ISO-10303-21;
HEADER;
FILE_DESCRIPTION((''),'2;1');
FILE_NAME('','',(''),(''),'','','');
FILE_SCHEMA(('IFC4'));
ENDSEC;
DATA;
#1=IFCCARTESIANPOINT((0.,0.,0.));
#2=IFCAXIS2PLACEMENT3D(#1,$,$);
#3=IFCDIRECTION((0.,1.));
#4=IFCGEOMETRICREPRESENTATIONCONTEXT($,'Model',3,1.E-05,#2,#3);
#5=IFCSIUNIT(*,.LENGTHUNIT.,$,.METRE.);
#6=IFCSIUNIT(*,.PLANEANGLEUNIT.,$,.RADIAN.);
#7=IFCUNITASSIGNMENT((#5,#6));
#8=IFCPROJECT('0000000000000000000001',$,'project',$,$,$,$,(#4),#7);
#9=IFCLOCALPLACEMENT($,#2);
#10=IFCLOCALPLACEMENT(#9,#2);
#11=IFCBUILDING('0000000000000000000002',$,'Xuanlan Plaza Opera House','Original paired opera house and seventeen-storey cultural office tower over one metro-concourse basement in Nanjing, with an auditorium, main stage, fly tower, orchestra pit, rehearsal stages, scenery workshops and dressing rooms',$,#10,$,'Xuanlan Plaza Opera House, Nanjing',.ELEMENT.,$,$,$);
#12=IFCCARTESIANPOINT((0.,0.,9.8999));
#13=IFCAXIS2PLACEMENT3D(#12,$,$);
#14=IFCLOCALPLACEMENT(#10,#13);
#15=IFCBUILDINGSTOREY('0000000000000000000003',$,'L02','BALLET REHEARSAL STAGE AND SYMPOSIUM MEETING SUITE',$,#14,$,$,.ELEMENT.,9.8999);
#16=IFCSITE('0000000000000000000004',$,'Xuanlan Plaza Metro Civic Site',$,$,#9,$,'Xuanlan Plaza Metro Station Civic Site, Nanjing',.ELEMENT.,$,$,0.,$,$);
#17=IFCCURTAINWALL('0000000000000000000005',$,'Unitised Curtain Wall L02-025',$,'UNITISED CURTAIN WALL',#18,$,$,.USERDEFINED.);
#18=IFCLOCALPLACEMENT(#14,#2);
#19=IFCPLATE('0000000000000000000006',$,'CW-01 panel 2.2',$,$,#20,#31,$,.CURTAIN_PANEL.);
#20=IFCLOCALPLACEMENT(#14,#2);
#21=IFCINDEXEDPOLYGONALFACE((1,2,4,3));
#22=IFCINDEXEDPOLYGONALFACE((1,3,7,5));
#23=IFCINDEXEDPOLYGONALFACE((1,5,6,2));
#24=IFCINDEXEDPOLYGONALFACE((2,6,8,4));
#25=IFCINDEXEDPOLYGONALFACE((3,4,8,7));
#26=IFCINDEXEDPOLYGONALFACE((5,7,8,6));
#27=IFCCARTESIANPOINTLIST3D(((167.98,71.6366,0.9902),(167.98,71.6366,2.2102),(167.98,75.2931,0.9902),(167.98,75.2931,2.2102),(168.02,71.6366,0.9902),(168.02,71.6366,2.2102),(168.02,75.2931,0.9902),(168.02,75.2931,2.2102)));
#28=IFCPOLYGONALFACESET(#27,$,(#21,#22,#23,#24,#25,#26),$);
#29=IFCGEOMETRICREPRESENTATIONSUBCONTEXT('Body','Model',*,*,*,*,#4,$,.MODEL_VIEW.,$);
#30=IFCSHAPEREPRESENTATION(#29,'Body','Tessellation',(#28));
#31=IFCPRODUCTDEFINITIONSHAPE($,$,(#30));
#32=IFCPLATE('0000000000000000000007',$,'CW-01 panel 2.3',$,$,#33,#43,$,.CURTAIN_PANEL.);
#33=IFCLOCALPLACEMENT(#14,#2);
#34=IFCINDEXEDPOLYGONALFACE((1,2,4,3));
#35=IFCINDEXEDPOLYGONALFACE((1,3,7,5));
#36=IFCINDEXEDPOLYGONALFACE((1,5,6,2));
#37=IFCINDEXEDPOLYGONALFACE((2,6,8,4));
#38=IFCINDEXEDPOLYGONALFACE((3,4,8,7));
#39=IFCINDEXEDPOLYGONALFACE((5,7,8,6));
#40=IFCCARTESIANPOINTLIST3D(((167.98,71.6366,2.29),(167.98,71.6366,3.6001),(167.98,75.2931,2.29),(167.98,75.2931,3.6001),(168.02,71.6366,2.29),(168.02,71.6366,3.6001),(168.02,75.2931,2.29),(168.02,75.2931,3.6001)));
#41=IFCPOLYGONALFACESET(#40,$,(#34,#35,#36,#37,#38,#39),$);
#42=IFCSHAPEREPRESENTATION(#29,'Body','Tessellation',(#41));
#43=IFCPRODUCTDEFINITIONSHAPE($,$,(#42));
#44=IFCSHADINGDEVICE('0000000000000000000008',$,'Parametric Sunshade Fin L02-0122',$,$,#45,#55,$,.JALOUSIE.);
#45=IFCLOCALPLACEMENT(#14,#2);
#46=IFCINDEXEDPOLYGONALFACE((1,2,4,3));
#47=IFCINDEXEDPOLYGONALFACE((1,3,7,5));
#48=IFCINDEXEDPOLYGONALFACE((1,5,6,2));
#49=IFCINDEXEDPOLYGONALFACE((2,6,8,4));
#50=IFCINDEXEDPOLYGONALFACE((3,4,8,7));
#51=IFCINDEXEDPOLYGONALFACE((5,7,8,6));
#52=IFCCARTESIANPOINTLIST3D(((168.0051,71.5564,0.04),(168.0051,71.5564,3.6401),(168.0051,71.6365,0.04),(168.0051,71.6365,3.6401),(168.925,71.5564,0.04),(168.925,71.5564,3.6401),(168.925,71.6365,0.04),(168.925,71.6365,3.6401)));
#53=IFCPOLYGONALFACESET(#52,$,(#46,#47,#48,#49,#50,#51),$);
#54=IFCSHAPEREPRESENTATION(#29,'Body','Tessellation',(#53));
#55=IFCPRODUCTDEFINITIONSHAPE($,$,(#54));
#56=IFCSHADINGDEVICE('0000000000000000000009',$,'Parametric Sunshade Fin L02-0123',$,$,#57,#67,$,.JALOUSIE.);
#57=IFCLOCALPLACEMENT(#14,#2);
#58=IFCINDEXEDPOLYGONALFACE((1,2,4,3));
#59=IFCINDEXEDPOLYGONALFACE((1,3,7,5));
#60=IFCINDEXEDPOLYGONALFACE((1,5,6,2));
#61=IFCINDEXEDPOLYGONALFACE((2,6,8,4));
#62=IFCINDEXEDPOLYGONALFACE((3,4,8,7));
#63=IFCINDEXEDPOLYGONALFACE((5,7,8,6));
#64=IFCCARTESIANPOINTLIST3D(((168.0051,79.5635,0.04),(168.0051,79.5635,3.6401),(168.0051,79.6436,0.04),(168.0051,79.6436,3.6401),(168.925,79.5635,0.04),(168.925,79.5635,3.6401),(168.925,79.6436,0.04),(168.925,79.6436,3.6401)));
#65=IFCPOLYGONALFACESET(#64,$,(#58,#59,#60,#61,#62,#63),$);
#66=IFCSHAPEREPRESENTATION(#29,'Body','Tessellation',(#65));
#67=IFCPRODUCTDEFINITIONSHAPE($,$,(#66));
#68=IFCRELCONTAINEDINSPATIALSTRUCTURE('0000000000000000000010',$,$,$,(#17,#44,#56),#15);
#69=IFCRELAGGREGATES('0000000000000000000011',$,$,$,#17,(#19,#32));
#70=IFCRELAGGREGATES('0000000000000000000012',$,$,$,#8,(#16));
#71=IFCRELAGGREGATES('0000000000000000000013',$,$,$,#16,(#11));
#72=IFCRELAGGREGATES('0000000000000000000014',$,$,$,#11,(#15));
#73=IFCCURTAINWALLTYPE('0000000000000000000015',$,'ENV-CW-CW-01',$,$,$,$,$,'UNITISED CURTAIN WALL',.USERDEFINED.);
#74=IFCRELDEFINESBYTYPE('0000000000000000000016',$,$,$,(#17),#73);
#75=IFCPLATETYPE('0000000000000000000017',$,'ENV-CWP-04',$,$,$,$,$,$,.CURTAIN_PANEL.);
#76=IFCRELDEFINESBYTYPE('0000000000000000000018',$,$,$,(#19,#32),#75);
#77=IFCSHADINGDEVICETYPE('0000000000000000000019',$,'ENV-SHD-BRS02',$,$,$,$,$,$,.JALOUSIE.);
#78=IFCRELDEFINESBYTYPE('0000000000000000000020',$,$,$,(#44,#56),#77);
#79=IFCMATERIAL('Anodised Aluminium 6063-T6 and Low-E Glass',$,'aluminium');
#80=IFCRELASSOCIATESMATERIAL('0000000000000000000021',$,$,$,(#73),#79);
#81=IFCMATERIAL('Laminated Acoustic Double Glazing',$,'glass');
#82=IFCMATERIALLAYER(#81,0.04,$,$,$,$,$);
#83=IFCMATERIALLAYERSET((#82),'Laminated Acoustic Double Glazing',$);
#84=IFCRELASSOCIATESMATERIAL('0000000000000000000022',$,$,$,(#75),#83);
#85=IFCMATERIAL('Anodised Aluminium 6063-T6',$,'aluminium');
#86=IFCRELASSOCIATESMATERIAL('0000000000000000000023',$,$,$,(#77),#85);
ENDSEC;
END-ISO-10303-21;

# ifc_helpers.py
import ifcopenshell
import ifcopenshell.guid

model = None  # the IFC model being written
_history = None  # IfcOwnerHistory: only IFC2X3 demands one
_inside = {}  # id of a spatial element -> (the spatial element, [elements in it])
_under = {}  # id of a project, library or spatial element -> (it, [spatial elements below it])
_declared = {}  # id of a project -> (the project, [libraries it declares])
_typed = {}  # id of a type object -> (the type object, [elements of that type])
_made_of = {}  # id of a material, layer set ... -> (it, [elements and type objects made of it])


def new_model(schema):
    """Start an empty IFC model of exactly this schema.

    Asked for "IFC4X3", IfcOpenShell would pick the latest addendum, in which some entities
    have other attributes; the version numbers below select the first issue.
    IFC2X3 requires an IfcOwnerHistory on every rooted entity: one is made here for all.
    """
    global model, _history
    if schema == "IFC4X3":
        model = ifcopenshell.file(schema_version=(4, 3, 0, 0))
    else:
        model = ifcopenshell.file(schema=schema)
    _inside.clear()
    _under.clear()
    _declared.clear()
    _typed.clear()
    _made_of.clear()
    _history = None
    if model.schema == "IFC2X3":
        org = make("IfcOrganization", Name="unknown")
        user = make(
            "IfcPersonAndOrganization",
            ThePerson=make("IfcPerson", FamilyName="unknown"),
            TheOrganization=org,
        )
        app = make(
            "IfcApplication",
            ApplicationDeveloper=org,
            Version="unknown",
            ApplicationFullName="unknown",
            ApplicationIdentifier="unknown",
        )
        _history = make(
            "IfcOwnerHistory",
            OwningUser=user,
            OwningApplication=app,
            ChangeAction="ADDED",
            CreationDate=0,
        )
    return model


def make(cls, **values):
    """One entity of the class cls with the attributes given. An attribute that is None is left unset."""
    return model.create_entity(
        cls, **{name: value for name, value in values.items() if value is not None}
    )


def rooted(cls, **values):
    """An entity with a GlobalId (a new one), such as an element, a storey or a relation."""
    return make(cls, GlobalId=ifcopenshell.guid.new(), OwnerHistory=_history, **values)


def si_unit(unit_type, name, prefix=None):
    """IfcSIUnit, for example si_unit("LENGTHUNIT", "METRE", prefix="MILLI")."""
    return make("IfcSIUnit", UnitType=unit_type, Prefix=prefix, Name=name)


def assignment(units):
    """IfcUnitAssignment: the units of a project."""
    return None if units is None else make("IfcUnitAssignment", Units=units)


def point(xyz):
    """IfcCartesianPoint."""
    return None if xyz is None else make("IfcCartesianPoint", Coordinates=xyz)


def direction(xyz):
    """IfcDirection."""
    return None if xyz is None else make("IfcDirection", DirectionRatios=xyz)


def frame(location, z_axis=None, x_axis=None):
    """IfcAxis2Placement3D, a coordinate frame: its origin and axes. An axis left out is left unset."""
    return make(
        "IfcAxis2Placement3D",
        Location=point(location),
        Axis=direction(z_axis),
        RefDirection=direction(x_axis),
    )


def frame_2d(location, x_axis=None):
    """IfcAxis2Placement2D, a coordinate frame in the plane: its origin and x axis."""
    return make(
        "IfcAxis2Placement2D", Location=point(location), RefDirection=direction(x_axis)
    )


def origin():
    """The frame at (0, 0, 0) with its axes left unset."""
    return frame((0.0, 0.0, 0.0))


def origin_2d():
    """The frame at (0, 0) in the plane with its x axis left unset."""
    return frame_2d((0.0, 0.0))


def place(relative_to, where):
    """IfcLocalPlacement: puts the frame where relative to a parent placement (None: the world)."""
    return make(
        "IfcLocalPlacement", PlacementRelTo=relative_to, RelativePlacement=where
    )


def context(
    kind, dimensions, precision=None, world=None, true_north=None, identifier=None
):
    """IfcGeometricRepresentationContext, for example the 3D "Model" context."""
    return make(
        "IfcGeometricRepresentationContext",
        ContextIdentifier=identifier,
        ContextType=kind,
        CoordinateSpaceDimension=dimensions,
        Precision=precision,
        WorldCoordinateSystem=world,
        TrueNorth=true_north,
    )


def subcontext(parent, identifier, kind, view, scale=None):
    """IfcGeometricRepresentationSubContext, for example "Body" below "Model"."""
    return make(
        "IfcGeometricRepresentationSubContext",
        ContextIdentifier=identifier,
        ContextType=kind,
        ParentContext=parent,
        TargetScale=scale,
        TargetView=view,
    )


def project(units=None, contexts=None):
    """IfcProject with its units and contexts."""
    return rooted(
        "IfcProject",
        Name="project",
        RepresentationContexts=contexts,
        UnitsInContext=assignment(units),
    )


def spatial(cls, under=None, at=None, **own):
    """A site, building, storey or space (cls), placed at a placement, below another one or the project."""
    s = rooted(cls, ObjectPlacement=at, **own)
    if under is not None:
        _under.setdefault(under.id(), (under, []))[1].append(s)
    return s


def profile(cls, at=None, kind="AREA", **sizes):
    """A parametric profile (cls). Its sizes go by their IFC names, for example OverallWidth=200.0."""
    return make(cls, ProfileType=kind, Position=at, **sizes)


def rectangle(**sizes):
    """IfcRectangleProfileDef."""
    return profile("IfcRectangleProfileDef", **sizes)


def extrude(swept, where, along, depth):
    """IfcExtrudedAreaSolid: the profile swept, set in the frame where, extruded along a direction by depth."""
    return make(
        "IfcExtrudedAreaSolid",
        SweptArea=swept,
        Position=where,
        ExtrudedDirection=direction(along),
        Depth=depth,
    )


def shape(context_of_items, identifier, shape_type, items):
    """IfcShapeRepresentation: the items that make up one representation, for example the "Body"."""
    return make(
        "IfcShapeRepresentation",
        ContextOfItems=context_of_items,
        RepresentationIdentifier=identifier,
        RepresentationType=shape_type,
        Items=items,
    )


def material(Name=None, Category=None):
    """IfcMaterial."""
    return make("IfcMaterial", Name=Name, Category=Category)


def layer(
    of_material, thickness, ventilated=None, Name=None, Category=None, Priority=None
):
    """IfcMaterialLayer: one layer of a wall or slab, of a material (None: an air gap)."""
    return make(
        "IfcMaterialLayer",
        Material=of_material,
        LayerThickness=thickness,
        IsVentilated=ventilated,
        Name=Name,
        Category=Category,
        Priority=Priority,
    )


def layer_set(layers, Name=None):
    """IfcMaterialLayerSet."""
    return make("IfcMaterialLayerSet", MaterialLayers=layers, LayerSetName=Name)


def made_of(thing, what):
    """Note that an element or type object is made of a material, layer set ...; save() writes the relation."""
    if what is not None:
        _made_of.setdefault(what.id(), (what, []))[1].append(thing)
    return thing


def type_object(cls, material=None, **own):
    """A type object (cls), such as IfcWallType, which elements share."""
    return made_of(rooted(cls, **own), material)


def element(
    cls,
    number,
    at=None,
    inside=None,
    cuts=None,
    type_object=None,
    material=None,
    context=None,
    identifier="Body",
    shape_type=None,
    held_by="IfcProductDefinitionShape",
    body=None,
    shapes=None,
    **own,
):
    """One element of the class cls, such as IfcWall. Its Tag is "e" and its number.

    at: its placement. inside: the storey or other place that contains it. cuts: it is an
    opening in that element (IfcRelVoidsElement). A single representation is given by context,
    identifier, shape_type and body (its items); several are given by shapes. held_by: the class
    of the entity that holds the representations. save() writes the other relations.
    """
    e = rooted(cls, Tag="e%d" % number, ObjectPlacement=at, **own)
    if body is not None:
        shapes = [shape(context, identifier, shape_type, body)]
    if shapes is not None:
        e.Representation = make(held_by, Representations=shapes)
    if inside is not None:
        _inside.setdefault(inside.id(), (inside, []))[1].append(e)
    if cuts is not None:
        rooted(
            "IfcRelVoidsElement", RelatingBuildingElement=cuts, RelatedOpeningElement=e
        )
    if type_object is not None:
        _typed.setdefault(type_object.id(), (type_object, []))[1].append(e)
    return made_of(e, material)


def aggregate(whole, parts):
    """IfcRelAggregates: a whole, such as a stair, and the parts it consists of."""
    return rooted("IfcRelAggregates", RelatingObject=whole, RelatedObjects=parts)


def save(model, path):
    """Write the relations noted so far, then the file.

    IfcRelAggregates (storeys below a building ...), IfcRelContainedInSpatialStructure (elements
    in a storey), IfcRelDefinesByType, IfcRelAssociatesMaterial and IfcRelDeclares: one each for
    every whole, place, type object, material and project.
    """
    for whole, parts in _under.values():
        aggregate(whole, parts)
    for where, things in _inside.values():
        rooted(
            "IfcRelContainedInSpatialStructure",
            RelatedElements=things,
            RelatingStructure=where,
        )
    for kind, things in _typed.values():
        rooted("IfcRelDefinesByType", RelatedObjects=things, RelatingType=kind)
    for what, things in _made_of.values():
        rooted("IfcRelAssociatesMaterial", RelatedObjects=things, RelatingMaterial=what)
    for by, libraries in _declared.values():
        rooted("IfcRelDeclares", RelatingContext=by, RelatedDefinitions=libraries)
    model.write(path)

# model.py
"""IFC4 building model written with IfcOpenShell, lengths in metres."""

from ifc_helpers import new_model, si_unit, direction, frame, origin, origin_2d, place, context, subcontext, project, spatial, rectangle, extrude, material, layer, layer_set, type_object, element, aggregate, save


model = new_model("IFC4")

# Units and contexts
model_context = context("Model", 3, precision=1e-05, world=origin(), true_north=direction((0.0, 1.0)))
body_context = subcontext(model_context, "Body", "Model", "MODEL_VIEW")
ifc_project = project(units=[si_unit("LENGTHUNIT", "METRE"), si_unit("PLANEANGLEUNIT", "RADIAN")], contexts=[model_context])

# Site, building, storey
site_placement = place(None, origin())
site = spatial("IfcSite", under=ifc_project, at=site_placement, Name="Xuanlan Plaza Metro Civic Site", LongName="Xuanlan Plaza Metro Station Civic Site, Nanjing", CompositionType="ELEMENT", RefElevation=0.0)
building_placement = place(site_placement, origin())
building = spatial("IfcBuilding", under=site, at=building_placement, Name="Xuanlan Plaza Opera House", Description="Original paired opera house and seventeen-storey cultural office tower over one metro-concourse basement in Nanjing, with an auditorium, main stage, fly tower, orchestra pit, rehearsal stages, scenery workshops and dressing rooms", LongName="Xuanlan Plaza Opera House, Nanjing", CompositionType="ELEMENT")
storey_placement = place(building_placement, frame((0.0, 0.0, 9.8999)))
storey = spatial("IfcBuildingStorey", under=building, at=storey_placement, Name="L02", Description="BALLET REHEARSAL STAGE AND SYMPOSIUM MEETING SUITE", CompositionType="ELEMENT", Elevation=9.8999)

# Curtain wall
ifc_material_1 = material(Name="Anodised Aluminium 6063-T6 and Low-E Glass", Category="aluminium")
curtain_wall_type_1 = type_object("IfcCurtainWallType", Name="ENV-CW-CW-01", ElementType="UNITISED CURTAIN WALL", PredefinedType="USERDEFINED", material=ifc_material_1)
curtain_wall_1_placement = place(storey_placement, origin())
curtain_wall_1 = element("IfcCurtainWall", 1, at=curtain_wall_1_placement, inside=storey, type_object=curtain_wall_type_1, Name="Unitised Curtain Wall L02-025", ObjectType="UNITISED CURTAIN WALL", PredefinedType="USERDEFINED")
ifc_material_2 = material(Name="Anodised Aluminium 6063-T6", Category="aluminium")

# Plates
ifc_material_3 = material(Name="Laminated Acoustic Double Glazing", Category="glass")
ifc_layer_1 = layer(ifc_material_3, 0.04)
ifc_layer_set_1 = layer_set([ifc_layer_1], Name="Laminated Acoustic Double Glazing")
plate_type_1 = type_object("IfcPlateType", Name="ENV-CWP-04", PredefinedType="CURTAIN_PANEL", material=ifc_layer_set_1)
plate_1_placement = place(storey_placement, frame((168.0, 73.4648, 0.9902), z_axis=(0.0, 0.0, 1.0), x_axis=(0.0, 1.0, 0.0)))
plate_1 = element("IfcPlate", 2, at=plate_1_placement, type_object=plate_type_1, Name="CW-01 panel 2.2", PredefinedType="CURTAIN_PANEL", context=body_context, shape_type="SweptSolid", body=[
    extrude(rectangle(XDim=3.6565, YDim=0.04, at=origin_2d()), origin(), (0.0, 0.0, 1.0), 1.22),
])
plate_2_placement = place(storey_placement, frame((168.0, 73.4648, 2.29), z_axis=(0.0, 0.0, 1.0), x_axis=(0.0, 1.0, 0.0)))
plate_2 = element("IfcPlate", 3, at=plate_2_placement, type_object=plate_type_1, Name="CW-01 panel 2.3", PredefinedType="CURTAIN_PANEL", context=body_context, shape_type="SweptSolid", body=[
    extrude(rectangle(XDim=3.6565, YDim=0.04, at=origin_2d()), origin(), (0.0, 0.0, 1.0), 1.3101),
])
aggregate(curtain_wall_1, [plate_1, plate_2])

# Shading devices
shading_device_type = type_object("IfcShadingDeviceType", Name="ENV-SHD-BRS02", PredefinedType="JALOUSIE", material=ifc_material_2)
for number, where, z_axis, x_axis, name in (
    (4, (168.4651, 71.5964, 0.04), (0.0, 0.0, 1.0), (1.0, 0.0, 0.0), "Parametric Sunshade Fin L02-0122"),
    (5, (168.4651, 79.6035, 0.04), (0.0, 0.0, 1.0), (1.0, 0.0, 0.0), "Parametric Sunshade Fin L02-0123"),
):
    element("IfcShadingDevice", number, at=place(storey_placement, frame(where, z_axis=z_axis, x_axis=x_axis)), inside=storey, type_object=shading_device_type, Name=name, PredefinedType="JALOUSIE", context=body_context, shape_type="SweptSolid", body=[
        extrude(rectangle(XDim=0.9199, YDim=0.0801, at=origin_2d()), origin(), (0.0, 0.0, 1.0), 3.6001),
    ])

save(model, "model.ifc")
